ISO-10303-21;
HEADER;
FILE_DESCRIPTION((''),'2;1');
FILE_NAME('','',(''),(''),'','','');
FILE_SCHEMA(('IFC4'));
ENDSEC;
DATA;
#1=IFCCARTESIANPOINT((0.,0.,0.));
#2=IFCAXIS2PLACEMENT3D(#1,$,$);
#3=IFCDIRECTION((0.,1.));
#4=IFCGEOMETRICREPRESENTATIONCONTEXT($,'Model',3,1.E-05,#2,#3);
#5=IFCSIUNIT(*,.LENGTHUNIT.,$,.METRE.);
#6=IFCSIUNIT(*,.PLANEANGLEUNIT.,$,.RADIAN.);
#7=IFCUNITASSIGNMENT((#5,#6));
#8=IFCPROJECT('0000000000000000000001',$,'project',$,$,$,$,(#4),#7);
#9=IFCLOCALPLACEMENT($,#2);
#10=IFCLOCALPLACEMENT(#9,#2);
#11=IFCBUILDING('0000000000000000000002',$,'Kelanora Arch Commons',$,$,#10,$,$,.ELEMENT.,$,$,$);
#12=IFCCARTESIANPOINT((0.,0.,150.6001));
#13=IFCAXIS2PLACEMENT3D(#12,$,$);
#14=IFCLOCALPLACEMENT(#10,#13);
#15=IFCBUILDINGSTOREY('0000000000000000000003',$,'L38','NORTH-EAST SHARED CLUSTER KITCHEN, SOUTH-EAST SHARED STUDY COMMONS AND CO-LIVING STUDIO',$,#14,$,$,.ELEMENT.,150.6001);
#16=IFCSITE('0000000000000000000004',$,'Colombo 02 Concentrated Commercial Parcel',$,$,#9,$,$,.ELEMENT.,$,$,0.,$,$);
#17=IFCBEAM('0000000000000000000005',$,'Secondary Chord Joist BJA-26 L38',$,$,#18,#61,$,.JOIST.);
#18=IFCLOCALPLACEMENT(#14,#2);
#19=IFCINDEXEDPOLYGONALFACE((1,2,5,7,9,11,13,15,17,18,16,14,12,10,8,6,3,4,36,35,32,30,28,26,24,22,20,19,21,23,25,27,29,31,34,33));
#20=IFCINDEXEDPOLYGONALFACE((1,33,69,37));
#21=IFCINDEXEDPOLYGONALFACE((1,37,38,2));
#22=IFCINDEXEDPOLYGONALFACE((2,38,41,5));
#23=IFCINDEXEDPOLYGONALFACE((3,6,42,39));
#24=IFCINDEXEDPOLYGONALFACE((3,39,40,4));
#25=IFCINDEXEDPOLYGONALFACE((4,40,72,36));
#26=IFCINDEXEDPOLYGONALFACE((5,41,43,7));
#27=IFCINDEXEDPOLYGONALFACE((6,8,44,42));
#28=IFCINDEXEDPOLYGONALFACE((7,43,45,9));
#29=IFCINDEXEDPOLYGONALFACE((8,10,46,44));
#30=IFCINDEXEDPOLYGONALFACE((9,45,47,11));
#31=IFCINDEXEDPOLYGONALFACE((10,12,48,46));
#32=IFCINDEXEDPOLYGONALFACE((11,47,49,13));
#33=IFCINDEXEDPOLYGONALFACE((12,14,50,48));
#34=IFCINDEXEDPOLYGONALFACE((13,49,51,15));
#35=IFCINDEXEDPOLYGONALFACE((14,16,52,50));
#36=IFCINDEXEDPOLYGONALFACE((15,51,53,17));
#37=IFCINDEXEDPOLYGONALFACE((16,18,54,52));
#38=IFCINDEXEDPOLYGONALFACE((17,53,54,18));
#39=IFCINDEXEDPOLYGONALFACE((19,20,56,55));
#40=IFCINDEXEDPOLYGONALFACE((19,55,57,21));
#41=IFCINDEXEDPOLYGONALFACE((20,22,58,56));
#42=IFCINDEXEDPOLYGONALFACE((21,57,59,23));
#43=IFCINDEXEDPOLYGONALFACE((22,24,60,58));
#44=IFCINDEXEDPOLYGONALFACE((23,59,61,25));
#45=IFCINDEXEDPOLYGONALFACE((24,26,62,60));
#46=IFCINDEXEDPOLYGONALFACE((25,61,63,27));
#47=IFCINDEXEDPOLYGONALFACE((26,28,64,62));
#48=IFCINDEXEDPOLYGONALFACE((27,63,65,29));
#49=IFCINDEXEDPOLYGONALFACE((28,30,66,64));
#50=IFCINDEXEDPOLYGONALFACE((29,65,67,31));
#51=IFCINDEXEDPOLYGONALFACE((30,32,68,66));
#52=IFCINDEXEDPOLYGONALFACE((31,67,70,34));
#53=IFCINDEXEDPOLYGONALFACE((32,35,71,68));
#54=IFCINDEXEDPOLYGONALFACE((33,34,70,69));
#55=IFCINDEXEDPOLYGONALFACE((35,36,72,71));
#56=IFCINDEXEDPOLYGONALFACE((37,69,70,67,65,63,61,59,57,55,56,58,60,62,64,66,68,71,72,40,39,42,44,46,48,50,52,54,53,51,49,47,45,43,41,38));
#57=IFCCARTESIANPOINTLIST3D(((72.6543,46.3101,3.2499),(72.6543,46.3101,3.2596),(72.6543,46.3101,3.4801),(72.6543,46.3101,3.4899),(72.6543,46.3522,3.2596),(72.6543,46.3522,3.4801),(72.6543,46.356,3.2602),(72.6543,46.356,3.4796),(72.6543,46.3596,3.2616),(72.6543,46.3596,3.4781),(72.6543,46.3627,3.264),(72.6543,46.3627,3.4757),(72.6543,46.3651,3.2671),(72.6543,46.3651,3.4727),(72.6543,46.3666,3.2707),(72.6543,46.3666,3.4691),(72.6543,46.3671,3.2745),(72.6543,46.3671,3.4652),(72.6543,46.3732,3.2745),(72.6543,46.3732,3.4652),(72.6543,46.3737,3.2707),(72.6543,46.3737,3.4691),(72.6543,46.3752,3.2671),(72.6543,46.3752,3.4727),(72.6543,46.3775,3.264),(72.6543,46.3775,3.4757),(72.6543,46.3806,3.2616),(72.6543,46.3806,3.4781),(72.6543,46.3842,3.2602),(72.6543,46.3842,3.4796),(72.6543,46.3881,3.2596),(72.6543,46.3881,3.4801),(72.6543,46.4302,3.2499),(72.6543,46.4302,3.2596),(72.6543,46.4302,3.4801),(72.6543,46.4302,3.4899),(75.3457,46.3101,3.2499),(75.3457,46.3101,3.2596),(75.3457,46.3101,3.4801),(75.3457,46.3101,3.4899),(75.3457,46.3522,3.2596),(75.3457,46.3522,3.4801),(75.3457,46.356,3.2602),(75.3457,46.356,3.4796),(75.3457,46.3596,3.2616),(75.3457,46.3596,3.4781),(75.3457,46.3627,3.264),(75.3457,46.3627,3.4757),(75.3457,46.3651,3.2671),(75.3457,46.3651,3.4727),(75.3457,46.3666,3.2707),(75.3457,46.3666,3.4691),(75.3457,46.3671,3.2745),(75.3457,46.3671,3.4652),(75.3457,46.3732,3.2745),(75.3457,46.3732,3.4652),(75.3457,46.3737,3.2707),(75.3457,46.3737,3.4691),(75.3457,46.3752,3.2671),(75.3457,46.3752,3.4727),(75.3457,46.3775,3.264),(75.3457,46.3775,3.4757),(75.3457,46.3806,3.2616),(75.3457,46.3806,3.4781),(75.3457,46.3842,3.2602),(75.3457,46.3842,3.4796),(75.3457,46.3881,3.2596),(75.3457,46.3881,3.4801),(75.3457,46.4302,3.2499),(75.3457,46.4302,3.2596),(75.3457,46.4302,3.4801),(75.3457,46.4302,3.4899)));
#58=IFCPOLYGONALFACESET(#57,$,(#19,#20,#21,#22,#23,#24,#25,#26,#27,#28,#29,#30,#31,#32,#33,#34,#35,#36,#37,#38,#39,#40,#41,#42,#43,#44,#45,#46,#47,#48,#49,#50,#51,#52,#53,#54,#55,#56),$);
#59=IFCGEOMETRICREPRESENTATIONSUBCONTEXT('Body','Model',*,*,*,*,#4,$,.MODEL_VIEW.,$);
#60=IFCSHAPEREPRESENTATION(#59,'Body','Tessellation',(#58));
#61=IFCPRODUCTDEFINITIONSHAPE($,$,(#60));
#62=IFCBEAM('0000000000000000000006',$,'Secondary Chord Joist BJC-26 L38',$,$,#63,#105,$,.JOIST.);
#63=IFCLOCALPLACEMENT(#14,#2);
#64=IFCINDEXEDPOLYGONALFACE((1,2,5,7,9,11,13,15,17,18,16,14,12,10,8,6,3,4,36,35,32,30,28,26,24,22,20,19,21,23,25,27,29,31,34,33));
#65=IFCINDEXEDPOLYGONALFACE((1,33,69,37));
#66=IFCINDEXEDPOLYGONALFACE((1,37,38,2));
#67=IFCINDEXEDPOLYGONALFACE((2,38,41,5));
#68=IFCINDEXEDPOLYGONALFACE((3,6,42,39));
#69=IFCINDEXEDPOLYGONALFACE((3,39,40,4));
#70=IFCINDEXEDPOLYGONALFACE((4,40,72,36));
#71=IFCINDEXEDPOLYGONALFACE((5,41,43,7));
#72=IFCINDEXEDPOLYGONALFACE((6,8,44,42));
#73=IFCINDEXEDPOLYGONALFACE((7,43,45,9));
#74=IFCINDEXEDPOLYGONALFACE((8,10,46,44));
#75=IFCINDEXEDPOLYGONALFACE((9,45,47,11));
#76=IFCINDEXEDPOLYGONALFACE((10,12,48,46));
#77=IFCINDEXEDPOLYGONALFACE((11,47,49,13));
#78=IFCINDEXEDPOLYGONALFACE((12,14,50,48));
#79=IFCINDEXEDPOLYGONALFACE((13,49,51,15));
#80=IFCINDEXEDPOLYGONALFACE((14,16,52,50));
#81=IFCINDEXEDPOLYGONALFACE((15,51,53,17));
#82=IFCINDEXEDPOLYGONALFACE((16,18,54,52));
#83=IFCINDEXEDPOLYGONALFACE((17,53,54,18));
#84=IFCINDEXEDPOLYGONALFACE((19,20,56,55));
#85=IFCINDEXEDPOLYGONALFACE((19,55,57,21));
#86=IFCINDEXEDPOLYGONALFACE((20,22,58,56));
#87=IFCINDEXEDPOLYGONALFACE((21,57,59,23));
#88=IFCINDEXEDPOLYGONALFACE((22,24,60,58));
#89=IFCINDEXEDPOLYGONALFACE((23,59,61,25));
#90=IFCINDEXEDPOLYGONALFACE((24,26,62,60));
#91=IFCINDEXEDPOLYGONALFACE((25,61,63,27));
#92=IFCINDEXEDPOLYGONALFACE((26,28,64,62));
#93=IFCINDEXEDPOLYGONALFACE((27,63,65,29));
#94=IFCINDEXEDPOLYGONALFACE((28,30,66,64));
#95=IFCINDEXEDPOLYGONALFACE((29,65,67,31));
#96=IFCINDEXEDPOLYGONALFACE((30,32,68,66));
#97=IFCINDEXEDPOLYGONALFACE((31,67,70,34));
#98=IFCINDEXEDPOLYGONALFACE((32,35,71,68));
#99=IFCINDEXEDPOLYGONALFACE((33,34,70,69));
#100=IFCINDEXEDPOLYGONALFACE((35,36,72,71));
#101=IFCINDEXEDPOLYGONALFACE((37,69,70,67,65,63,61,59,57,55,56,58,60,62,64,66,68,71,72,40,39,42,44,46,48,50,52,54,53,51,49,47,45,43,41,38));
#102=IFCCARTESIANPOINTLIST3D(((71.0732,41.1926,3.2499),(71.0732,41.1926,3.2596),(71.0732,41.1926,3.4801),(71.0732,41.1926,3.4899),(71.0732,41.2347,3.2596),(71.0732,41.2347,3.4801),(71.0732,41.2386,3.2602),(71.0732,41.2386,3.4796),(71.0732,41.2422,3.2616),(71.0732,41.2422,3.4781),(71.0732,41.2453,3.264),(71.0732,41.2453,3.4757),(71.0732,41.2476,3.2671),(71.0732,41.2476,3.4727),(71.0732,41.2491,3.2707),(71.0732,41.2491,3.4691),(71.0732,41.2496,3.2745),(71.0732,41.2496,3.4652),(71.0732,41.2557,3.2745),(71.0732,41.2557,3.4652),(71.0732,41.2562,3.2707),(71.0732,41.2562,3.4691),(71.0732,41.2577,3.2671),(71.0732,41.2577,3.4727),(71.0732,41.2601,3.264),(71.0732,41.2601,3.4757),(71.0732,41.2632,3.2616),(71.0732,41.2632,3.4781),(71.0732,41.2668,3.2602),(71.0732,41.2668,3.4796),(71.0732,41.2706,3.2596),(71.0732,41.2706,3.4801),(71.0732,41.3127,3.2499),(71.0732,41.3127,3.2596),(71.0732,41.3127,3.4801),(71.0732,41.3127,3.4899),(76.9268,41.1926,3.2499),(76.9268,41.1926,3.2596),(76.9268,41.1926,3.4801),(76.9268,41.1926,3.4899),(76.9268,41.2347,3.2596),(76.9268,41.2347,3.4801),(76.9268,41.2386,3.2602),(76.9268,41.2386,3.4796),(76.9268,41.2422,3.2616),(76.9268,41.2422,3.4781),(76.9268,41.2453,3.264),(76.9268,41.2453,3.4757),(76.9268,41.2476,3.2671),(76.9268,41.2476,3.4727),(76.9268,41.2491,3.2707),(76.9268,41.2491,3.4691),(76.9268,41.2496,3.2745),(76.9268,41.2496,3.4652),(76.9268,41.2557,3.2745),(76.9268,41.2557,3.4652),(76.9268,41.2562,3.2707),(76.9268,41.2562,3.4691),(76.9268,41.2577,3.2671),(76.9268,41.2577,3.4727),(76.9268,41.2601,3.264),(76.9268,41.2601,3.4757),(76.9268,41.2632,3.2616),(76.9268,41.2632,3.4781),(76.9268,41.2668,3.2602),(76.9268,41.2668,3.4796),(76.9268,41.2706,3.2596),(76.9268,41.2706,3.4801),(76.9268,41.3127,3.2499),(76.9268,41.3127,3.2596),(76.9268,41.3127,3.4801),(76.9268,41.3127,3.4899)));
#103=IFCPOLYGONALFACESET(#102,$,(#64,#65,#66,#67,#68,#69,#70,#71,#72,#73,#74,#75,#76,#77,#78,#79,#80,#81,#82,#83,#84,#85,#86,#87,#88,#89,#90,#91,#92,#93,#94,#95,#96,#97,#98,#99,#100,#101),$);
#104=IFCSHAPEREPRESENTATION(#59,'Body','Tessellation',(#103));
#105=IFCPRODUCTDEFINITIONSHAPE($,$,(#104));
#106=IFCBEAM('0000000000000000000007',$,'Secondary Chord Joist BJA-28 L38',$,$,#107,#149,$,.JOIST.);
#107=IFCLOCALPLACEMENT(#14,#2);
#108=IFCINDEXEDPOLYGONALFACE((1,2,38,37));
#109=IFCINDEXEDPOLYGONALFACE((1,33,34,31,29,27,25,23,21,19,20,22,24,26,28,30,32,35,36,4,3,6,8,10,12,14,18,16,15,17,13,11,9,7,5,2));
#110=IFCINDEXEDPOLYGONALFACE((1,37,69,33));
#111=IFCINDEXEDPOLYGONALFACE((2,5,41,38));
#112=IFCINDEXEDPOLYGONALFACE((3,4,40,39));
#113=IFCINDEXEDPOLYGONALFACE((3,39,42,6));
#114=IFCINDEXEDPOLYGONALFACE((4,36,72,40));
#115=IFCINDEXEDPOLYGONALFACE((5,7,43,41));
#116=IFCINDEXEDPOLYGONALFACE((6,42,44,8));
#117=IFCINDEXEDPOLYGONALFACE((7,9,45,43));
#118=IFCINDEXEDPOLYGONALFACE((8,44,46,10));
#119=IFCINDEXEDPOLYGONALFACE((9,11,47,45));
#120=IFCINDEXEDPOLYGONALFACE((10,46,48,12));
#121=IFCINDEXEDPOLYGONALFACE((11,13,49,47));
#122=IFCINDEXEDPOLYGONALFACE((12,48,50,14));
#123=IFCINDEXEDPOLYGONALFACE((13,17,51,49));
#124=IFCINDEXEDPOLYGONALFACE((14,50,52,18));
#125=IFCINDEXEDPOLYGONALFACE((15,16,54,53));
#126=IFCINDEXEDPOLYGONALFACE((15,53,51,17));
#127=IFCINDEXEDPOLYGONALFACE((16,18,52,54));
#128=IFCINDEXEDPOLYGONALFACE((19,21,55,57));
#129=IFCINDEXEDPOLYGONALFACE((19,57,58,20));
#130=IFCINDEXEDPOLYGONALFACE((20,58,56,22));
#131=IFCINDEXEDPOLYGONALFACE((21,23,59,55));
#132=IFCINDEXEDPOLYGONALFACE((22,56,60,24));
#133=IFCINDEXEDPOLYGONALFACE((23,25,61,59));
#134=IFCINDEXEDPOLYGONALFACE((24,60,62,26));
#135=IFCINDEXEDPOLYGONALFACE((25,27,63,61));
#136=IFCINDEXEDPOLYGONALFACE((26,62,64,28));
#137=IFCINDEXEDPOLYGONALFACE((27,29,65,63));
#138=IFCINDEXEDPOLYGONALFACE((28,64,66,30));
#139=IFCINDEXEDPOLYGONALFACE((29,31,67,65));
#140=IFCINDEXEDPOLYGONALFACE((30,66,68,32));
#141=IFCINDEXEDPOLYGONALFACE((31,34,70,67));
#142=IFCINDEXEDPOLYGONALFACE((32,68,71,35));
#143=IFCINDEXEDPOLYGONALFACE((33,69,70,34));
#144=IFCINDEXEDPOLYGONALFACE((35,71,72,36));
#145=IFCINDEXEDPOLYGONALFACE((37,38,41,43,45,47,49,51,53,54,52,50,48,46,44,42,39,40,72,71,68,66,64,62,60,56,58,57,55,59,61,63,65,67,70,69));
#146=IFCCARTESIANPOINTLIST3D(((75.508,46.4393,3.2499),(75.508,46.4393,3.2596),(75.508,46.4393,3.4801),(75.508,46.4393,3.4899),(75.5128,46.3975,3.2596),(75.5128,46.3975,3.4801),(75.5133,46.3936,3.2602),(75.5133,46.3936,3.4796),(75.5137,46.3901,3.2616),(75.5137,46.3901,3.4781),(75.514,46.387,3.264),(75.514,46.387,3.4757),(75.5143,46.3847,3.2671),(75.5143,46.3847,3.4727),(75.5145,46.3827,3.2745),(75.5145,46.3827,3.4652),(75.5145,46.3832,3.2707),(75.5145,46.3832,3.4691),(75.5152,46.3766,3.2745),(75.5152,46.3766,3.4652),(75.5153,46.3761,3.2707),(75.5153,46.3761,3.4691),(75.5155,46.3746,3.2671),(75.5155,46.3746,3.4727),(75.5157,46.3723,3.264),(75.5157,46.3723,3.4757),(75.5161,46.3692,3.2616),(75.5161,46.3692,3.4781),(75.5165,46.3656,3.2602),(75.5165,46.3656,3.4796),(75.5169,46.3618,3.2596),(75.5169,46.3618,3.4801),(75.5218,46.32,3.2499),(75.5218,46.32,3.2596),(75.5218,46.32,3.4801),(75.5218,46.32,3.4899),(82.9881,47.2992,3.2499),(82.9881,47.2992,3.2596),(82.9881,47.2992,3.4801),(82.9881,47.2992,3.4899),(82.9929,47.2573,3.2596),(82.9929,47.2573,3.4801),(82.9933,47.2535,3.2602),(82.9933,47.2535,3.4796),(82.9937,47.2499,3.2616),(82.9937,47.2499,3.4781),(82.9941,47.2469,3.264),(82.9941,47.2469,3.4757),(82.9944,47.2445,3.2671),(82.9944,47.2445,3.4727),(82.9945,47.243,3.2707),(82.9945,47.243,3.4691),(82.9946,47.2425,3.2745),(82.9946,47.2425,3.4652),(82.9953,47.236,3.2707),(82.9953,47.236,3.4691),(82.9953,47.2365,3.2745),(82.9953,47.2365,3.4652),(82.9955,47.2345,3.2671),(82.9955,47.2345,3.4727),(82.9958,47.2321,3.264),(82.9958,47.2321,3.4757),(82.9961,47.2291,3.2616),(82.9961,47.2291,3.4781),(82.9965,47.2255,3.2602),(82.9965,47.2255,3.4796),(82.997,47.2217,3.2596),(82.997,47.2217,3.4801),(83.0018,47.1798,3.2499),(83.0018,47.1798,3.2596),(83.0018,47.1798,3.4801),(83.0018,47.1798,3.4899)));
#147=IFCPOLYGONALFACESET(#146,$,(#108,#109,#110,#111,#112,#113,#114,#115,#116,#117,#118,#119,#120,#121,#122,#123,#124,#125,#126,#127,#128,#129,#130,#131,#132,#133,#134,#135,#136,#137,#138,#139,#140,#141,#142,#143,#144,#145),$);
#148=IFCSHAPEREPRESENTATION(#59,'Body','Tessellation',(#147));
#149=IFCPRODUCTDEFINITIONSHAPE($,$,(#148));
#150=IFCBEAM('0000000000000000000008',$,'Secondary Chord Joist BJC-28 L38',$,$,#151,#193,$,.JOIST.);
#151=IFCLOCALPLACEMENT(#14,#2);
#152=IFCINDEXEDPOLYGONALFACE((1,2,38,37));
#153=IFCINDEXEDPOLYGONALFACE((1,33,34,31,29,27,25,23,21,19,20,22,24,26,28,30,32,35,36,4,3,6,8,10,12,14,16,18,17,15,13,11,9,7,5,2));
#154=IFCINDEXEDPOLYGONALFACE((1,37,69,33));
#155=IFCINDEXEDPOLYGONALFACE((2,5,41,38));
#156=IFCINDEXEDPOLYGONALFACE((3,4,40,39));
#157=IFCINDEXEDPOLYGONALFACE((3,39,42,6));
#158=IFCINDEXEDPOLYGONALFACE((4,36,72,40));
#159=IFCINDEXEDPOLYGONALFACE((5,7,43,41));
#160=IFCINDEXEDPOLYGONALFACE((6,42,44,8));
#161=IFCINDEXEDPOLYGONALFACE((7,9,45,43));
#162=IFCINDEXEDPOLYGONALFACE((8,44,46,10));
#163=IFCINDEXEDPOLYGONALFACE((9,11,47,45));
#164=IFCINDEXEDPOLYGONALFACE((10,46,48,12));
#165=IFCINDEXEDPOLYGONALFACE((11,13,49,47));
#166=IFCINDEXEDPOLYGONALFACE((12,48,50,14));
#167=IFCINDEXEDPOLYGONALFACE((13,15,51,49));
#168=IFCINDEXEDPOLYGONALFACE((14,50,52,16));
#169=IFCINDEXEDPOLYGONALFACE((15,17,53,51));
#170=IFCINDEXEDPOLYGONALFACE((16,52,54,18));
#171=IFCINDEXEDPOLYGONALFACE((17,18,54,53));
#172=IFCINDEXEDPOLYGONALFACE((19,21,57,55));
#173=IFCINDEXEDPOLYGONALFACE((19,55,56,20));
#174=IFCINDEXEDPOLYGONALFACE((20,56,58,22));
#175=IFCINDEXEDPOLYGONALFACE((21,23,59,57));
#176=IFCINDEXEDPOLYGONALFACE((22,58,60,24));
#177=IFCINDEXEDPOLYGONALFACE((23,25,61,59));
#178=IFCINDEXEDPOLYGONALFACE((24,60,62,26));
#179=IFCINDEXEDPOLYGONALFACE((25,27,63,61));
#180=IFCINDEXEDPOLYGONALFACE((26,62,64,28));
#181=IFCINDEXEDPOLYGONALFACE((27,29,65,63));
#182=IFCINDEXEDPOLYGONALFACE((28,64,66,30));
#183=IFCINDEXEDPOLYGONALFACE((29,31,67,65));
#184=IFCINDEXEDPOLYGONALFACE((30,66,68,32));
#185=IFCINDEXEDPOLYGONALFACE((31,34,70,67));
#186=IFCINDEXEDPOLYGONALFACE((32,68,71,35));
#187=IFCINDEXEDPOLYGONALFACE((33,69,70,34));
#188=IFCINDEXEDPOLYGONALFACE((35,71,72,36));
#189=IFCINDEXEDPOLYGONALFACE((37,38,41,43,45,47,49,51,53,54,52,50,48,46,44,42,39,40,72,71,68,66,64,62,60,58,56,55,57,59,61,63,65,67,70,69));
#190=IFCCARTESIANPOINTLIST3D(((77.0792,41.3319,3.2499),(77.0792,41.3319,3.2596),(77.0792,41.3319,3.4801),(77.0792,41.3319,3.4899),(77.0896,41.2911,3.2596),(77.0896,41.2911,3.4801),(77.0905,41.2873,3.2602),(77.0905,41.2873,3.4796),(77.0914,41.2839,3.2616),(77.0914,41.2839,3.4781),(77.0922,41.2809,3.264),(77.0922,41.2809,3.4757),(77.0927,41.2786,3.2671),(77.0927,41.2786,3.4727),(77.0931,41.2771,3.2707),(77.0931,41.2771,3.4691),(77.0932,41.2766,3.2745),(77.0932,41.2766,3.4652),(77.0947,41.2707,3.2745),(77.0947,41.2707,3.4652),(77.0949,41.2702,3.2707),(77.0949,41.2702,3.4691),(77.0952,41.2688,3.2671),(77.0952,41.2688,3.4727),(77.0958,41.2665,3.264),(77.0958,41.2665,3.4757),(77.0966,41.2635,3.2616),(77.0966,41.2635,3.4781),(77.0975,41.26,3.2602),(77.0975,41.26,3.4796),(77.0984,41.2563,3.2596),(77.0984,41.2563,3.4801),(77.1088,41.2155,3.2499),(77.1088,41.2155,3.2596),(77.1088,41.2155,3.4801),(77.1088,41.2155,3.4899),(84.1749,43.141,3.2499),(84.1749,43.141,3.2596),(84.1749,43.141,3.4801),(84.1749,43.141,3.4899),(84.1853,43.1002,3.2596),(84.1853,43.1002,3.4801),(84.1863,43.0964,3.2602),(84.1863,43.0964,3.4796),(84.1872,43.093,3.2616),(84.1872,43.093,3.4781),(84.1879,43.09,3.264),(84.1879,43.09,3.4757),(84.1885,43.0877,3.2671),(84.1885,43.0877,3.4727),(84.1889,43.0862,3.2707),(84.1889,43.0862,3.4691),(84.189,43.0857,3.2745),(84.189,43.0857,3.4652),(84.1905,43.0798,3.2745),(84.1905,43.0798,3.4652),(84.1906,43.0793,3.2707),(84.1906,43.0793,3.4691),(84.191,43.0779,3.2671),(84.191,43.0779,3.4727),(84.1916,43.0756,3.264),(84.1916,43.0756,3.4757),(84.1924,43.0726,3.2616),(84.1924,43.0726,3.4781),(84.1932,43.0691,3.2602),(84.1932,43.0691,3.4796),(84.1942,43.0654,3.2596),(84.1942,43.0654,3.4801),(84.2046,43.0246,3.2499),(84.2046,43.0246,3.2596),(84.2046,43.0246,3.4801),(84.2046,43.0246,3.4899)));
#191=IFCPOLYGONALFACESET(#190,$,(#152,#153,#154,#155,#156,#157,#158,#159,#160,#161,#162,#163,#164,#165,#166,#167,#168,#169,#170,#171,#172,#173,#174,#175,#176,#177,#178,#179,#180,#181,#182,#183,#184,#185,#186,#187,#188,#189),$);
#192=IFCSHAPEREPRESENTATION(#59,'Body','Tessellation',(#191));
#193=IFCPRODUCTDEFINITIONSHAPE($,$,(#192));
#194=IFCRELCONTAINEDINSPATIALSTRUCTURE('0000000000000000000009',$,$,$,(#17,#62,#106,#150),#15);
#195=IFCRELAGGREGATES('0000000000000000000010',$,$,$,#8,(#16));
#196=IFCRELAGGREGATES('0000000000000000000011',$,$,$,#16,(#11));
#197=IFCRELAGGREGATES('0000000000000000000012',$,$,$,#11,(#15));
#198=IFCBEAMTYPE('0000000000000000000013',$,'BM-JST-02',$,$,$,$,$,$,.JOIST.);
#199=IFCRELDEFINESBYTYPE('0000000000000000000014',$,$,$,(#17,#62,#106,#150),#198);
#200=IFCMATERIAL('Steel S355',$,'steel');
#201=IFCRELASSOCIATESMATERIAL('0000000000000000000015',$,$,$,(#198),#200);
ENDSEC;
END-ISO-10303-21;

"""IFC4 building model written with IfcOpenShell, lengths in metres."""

from ifc_helpers import new_model, si_unit, direction, frame, origin, origin_2d, place, context, subcontext, project, spatial, i_section, extrude, material, material_profile, profile_set, type_object, element, save


model = new_model("IFC4")

# Units and contexts
model_context = context("Model", 3, precision=1e-05, world=origin(), true_north=direction((0.0, 1.0)))
body_context = subcontext(model_context, "Body", "Model", "MODEL_VIEW")
ifc_project = project(units=[si_unit("LENGTHUNIT", "METRE"), si_unit("PLANEANGLEUNIT", "RADIAN")], contexts=[model_context])

# Site, building, storey
site_placement = place(None, origin())
site = spatial("IfcSite", under=ifc_project, at=site_placement, Name="Colombo 02 Concentrated Commercial Parcel", CompositionType="ELEMENT", RefElevation=0.0)
building_placement = place(site_placement, origin())
building = spatial("IfcBuilding", under=site, at=building_placement, Name="Kelanora Arch Commons", CompositionType="ELEMENT")
storey_placement = place(building_placement, frame((0.0, 0.0, 150.6001)))
storey = spatial("IfcBuildingStorey", under=building, at=storey_placement, Name="L38", Description="NORTH-EAST SHARED CLUSTER KITCHEN, SOUTH-EAST SHARED STUDY COMMONS AND CO-LIVING STUDIO", CompositionType="ELEMENT", Elevation=150.6001)

# Beams
ifc_material_1 = material(Name="Steel S355", Category="steel")
ifc_material_profile_1 = material_profile(ifc_material_1, i_section(OverallWidth=0.1201, OverallDepth=0.24, WebThickness=0.0061, FlangeThickness=0.0098, FilletRadius=0.0149, at=origin_2d()), Name="IPE240")
ifc_profile_set_1 = profile_set([ifc_material_profile_1], Name="Steel S355")
beam_type_1 = type_object("IfcBeamType", Name="BM-JST-02", PredefinedType="JOIST", material=ifc_profile_set_1)
beam_1_placement = place(storey_placement, frame((72.6543, 46.3701, 3.3699), z_axis=(1.0, 0.0, 0.0), x_axis=(0.0, 1.0, 0.0)))
element("IfcBeam", 1, at=beam_1_placement, inside=storey, type_object=beam_type_1, Name="Secondary Chord Joist BJA-26 L38", PredefinedType="JOIST", context=body_context, shape_type="SweptSolid", body=[
    extrude(i_section(OverallWidth=0.1201, OverallDepth=0.24, WebThickness=0.0061, FlangeThickness=0.0098, FilletRadius=0.0149, at=origin_2d()), origin(), (0.0, 0.0, 1.0), 2.6914),
])
beam_2_placement = place(storey_placement, frame((71.0732, 41.2527, 3.3699), z_axis=(1.0, 0.0, 0.0), x_axis=(0.0, 1.0, 0.0)))
element("IfcBeam", 2, at=beam_2_placement, inside=storey, type_object=beam_type_1, Name="Secondary Chord Joist BJC-26 L38", PredefinedType="JOIST", context=body_context, shape_type="SweptSolid", body=[
    extrude(i_section(OverallWidth=0.1201, OverallDepth=0.24, WebThickness=0.0061, FlangeThickness=0.0098, FilletRadius=0.0149, at=origin_2d()), origin(), (0.0, 0.0, 1.0), 5.8535),
])
beam_3_placement = place(storey_placement, frame((75.5149, 46.3796, 3.3699), z_axis=(0.993457, 0.114203, 0.0), x_axis=(-0.114203, 0.993457, 0.0)))
element("IfcBeam", 3, at=beam_3_placement, inside=storey, type_object=beam_type_1, Name="Secondary Chord Joist BJA-28 L38", PredefinedType="JOIST", context=body_context, shape_type="SweptSolid", body=[
    extrude(i_section(OverallWidth=0.1201, OverallDepth=0.24, WebThickness=0.0061, FlangeThickness=0.0098, FilletRadius=0.0149, at=origin_2d()), origin(), (0.0, 0.0, 1.0), 7.5293),
])
beam_4_placement = place(storey_placement, frame((77.094, 41.2737, 3.3699), z_axis=(0.969002, 0.247052, 0.0), x_axis=(-0.247052, 0.969002, 0.0)))
element("IfcBeam", 4, at=beam_4_placement, inside=storey, type_object=beam_type_1, Name="Secondary Chord Joist BJC-28 L38", PredefinedType="JOIST", context=body_context, shape_type="SweptSolid", body=[
    extrude(i_section(OverallWidth=0.1201, OverallDepth=0.24, WebThickness=0.0061, FlangeThickness=0.0098, FilletRadius=0.0149, at=origin_2d()), origin(), (0.0, 0.0, 1.0), 7.3228),
])

save(model, "model.ifc")
